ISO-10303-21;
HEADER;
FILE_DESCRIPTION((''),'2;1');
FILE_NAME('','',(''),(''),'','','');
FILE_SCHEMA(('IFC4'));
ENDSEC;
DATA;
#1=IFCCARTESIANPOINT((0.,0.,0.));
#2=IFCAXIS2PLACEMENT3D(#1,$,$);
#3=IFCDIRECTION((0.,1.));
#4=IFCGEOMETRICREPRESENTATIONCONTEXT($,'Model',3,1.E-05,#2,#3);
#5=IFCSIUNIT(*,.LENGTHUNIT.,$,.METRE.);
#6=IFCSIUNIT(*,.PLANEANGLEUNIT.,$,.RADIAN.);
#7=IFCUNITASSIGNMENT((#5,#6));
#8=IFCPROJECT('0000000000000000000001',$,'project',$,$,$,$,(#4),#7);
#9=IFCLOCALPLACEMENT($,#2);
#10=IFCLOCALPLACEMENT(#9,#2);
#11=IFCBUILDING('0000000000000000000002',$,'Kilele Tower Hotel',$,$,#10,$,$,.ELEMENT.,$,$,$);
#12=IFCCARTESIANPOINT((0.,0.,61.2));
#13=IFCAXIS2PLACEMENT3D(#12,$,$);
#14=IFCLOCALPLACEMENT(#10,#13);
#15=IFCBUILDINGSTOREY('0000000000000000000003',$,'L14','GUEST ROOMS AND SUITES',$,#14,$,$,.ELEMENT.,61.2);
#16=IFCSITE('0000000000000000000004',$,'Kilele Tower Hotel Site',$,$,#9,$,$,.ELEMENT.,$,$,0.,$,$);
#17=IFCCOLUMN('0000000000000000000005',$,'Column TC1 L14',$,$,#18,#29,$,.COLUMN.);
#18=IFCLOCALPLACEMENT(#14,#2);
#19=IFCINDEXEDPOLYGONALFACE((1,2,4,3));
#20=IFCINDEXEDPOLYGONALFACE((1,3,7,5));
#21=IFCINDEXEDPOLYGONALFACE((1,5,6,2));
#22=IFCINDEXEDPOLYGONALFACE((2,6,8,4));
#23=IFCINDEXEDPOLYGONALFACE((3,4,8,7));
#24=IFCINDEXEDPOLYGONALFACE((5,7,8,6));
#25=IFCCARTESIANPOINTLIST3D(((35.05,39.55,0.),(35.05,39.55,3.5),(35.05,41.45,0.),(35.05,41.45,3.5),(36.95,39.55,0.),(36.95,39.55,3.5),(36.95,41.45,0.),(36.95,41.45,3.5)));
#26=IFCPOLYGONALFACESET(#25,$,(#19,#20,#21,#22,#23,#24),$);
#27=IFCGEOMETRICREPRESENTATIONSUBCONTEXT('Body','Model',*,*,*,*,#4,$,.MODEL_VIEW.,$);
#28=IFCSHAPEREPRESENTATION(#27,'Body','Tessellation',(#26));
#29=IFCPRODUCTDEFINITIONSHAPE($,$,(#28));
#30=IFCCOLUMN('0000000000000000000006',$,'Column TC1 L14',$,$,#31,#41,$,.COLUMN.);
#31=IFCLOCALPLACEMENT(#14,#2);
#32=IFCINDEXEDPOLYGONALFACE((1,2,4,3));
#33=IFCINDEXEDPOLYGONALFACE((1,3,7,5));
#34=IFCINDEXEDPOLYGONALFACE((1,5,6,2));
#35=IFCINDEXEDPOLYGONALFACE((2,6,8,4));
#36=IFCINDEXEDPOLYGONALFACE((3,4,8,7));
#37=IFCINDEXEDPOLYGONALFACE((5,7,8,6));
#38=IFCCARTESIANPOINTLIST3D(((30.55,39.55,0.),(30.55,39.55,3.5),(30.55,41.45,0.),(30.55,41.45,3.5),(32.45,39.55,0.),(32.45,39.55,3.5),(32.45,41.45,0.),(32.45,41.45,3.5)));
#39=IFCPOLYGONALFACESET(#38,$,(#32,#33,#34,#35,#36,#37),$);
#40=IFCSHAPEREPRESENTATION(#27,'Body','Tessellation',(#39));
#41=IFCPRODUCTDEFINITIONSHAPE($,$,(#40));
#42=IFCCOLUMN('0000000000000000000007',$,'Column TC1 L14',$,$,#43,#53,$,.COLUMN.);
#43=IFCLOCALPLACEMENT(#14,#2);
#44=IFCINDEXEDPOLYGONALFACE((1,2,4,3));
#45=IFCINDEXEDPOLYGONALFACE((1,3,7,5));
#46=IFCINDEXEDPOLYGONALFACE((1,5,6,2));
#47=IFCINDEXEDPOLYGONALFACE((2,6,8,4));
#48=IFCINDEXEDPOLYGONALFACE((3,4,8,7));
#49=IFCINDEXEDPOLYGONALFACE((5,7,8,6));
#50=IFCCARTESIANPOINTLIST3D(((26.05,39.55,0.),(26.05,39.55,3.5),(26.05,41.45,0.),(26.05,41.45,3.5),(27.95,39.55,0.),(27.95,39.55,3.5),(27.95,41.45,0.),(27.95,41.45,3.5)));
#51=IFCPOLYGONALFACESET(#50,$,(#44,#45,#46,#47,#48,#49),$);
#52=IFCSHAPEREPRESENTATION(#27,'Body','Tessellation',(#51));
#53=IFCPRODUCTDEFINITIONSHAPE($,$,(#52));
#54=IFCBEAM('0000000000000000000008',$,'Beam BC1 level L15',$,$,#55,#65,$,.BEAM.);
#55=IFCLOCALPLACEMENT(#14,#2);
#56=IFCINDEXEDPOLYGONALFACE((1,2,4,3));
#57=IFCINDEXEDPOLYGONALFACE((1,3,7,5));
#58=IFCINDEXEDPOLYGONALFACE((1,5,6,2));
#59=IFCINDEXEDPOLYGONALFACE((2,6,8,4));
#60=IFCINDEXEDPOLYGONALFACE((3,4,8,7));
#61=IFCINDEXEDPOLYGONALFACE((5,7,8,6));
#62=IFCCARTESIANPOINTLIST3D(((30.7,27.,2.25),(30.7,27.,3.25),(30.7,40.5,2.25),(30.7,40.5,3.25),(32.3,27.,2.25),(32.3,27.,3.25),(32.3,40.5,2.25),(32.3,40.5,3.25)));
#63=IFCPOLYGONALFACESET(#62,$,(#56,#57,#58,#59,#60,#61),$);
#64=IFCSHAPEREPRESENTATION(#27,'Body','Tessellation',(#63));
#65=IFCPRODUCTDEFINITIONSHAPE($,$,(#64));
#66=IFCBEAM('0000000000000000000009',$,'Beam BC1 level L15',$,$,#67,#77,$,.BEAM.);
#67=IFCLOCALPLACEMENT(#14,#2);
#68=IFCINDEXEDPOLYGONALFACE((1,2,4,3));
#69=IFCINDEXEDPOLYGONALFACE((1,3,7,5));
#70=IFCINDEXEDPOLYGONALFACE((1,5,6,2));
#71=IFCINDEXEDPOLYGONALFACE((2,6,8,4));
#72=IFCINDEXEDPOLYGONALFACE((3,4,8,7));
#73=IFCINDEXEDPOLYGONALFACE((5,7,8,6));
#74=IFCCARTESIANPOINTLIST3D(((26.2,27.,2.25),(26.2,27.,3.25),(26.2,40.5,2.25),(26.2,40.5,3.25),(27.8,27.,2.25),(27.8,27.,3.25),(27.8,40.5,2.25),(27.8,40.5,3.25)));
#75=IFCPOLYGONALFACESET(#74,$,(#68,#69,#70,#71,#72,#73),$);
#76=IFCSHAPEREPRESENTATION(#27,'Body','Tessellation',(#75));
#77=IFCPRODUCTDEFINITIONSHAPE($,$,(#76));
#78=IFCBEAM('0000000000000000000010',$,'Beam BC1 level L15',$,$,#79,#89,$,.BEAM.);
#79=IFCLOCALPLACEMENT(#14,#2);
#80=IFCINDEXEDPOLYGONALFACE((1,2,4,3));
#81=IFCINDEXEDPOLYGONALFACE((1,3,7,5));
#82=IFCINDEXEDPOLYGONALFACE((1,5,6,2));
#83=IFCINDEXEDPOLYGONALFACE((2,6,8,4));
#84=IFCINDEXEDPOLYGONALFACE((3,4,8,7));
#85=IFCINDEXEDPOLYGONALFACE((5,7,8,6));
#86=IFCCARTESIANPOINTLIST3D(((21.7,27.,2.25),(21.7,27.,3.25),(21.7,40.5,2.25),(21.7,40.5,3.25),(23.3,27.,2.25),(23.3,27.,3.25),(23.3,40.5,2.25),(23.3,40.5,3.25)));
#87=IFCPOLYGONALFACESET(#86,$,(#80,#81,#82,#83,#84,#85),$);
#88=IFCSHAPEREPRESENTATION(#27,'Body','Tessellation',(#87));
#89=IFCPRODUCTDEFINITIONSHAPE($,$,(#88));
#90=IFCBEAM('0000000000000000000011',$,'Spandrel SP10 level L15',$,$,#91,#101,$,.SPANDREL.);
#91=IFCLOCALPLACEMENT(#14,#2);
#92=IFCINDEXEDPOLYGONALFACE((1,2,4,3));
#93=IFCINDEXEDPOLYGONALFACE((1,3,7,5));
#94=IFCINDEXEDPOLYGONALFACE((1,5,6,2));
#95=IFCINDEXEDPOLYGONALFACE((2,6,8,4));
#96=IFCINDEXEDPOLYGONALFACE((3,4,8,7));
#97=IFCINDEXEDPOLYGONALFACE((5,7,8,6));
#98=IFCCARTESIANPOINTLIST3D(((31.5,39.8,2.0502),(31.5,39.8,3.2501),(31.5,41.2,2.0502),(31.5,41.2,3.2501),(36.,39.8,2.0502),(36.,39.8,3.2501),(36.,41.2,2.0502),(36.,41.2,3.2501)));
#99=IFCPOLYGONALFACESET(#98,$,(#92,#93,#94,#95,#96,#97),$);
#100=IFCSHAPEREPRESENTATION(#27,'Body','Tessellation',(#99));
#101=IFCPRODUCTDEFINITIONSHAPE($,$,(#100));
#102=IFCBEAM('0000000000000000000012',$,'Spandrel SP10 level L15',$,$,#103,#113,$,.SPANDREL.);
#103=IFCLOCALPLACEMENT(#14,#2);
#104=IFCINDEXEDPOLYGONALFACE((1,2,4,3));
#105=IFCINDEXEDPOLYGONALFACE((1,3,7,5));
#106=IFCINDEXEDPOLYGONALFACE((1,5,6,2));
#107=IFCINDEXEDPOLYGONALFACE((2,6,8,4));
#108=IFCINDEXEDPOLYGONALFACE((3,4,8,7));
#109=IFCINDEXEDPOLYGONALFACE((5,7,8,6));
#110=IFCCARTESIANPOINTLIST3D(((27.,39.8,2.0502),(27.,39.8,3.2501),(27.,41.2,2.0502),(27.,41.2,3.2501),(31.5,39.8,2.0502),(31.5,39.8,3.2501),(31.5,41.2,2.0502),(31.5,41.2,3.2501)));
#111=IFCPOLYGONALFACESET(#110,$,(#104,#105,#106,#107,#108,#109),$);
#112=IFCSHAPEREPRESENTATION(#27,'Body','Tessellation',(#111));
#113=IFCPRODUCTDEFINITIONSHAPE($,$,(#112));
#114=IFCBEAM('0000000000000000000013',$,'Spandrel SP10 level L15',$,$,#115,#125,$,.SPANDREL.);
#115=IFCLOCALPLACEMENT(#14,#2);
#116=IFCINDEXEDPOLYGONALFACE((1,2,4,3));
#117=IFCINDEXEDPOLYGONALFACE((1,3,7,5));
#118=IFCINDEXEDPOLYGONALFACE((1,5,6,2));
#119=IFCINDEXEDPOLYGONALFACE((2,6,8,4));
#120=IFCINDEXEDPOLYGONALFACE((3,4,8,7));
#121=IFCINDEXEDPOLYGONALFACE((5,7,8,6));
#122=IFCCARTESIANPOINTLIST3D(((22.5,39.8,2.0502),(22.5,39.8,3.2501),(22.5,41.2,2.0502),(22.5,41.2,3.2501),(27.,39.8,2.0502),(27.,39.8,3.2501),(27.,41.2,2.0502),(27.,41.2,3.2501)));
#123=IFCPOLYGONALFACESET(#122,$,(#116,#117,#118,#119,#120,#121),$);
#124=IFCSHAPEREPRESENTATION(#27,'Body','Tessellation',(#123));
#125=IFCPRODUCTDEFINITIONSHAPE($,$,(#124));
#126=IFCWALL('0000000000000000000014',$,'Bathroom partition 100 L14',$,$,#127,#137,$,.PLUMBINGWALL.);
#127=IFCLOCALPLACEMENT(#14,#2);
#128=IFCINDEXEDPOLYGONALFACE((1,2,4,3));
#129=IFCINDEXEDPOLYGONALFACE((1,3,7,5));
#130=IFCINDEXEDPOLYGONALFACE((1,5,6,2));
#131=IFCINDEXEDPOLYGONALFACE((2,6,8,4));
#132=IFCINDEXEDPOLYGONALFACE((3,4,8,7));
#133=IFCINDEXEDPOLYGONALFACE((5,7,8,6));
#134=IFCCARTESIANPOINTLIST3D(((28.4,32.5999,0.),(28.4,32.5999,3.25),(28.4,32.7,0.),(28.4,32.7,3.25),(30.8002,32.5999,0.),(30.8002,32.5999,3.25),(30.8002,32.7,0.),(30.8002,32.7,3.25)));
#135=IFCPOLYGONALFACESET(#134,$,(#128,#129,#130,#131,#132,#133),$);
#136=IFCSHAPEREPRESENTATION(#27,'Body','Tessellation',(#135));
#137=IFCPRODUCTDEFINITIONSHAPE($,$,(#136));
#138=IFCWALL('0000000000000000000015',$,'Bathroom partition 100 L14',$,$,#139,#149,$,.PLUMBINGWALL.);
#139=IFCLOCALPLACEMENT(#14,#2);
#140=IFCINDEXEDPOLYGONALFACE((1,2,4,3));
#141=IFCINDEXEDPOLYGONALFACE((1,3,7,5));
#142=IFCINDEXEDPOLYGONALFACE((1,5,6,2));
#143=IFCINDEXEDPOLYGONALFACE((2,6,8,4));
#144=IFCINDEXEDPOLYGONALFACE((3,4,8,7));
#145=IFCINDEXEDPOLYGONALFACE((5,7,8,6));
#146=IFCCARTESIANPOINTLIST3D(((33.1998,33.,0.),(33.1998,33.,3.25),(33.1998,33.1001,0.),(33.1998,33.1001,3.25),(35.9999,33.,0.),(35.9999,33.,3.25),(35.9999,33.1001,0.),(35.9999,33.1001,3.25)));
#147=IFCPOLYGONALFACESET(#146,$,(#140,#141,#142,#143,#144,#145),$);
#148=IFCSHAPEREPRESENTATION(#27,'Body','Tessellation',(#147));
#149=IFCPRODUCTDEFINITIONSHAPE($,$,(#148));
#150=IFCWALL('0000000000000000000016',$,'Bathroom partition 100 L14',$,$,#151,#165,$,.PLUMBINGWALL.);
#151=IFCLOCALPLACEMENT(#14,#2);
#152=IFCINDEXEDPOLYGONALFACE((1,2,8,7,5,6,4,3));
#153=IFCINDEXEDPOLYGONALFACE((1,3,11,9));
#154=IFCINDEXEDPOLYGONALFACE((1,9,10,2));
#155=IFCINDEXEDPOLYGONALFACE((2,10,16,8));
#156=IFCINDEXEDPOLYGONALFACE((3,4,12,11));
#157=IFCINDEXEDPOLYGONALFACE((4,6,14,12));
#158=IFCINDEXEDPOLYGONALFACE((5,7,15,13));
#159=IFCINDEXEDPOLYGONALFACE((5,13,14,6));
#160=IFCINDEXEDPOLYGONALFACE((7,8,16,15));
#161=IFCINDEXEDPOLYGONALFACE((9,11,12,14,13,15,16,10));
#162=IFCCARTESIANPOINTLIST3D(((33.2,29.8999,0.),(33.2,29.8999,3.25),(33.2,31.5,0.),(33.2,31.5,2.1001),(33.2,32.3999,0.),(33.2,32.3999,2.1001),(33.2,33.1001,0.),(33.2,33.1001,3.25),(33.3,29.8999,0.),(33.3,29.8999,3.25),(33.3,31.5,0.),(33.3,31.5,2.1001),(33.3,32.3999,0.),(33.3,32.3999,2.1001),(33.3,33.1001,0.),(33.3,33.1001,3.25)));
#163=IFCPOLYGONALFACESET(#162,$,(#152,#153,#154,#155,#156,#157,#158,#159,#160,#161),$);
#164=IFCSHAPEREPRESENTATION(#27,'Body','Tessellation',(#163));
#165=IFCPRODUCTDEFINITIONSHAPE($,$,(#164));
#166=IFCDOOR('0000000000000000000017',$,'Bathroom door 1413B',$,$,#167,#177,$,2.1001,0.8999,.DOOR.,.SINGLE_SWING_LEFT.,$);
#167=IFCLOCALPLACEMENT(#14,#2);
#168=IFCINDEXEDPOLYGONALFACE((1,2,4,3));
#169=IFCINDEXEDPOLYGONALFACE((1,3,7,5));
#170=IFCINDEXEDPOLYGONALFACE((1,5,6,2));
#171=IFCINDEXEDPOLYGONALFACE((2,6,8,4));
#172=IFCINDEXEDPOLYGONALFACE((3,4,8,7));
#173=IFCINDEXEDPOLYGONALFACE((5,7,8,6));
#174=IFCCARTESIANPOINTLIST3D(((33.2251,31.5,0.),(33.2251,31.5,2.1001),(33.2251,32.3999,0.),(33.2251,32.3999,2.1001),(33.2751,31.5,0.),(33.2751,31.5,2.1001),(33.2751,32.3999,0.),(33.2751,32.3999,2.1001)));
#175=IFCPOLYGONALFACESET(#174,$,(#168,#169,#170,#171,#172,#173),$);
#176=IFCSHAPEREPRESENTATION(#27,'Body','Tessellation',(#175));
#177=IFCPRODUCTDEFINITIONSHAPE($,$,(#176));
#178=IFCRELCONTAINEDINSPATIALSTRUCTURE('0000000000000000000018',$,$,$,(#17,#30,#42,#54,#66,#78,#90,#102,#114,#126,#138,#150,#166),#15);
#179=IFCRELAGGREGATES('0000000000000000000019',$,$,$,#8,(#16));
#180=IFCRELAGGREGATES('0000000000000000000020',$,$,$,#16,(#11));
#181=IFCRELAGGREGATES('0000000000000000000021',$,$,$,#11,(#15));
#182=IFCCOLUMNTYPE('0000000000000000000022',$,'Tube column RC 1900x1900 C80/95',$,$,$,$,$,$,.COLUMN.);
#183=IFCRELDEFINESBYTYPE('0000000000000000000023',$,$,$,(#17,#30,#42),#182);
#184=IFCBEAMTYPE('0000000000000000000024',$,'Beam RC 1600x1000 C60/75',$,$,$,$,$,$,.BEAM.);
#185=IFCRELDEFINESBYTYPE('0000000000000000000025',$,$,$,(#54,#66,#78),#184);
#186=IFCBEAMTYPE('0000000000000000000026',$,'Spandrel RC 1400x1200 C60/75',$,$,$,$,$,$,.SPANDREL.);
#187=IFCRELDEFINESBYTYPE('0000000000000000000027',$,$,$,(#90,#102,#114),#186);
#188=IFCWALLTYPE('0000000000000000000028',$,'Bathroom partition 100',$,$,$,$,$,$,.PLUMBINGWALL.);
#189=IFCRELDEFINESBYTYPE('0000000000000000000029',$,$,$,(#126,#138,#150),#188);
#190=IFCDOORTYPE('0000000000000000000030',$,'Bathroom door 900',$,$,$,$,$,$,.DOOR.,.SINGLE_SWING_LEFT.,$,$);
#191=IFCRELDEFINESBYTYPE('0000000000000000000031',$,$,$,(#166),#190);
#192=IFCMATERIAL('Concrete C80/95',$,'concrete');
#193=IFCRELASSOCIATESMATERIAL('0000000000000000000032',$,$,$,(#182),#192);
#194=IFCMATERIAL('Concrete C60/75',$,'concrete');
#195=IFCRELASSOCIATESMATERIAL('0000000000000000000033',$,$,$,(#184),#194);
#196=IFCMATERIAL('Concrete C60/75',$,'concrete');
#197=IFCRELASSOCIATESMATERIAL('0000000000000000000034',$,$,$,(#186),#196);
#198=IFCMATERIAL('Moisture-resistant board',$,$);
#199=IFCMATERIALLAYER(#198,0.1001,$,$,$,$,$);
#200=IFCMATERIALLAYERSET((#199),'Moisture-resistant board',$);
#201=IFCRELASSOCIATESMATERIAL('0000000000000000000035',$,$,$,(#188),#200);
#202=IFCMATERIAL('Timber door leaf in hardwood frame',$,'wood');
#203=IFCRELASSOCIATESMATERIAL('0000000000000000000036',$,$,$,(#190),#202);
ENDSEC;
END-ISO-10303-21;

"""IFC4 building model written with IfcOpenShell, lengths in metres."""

from ifc_helpers import new_model, si_unit, direction, frame, frame_2d, origin, origin_2d, place, context, subcontext, project, spatial, rectangle, extrude, material, layer, layer_set, material_profile, profile_set, type_object, element, fill, save


model = new_model("IFC4")

# Units and contexts
model_context = context("Model", 3, precision=1e-05, world=origin(), true_north=direction((0.0, 1.0)))
body_context = subcontext(model_context, "Body", "Model", "MODEL_VIEW")
ifc_project = project(units=[si_unit("LENGTHUNIT", "METRE"), si_unit("PLANEANGLEUNIT", "RADIAN")], contexts=[model_context])

# Site, building, storey
site_placement = place(None, origin())
site = spatial("IfcSite", under=ifc_project, at=site_placement, Name="Kilele Tower Hotel Site", CompositionType="ELEMENT", RefElevation=0.0)
building_placement = place(site_placement, origin())
building = spatial("IfcBuilding", under=site, at=building_placement, Name="Kilele Tower Hotel", CompositionType="ELEMENT")
storey_placement = place(building_placement, frame((0.0, 0.0, 61.2)))
storey = spatial("IfcBuildingStorey", under=building, at=storey_placement, Name="L14", Description="GUEST ROOMS AND SUITES", CompositionType="ELEMENT", Elevation=61.2)

# Columns
ifc_material_1 = material(Name="Concrete C80/95", Category="concrete")
ifc_material_profile_1 = material_profile(ifc_material_1, rectangle(XDim=1.8999, YDim=1.8999, at=origin_2d()))
ifc_profile_set_1 = profile_set([ifc_material_profile_1], Name="Concrete C80/95")
column_type = type_object("IfcColumnType", Name="Tube column RC 1900x1900 C80/95", PredefinedType="COLUMN", material=ifc_profile_set_1)
for number, where, z_axis, x_axis, name in (
    (1, (36.0, 40.5, 0.0), (0.0, 0.0, 1.0), (1.0, 0.0, 0.0), "Column TC1 L14"),
    (2, (31.5, 40.5, 0.0), (0.0, 0.0, 1.0), (1.0, 0.0, 0.0), "Column TC1 L14"),
    (3, (27.0, 40.5, 0.0), (0.0, 0.0, 1.0), (1.0, 0.0, 0.0), "Column TC1 L14"),
):
    element("IfcColumn", number, at=place(storey_placement, frame(where, z_axis=z_axis, x_axis=x_axis)), inside=storey, type_object=column_type, Name=name, PredefinedType="COLUMN", context=body_context, shape_type="SweptSolid", body=[
        extrude(rectangle(XDim=1.8999, YDim=1.8999, at=origin_2d()), origin(), (0.0, 0.0, 1.0), 3.5),
    ])

# Beams
ifc_material_2 = material(Name="Concrete C60/75", Category="concrete")
ifc_material_profile_2 = material_profile(ifc_material_2, rectangle(XDim=1.6001, YDim=1.0, at=origin_2d()))
ifc_profile_set_2 = profile_set([ifc_material_profile_2], Name="Concrete C60/75")
beam_type_1 = type_object("IfcBeamType", Name="Beam RC 1600x1000 C60/75", PredefinedType="BEAM", material=ifc_profile_set_2)
for number, where, z_axis, x_axis, name in (
    (4, (31.5, 40.5, 2.75), (0.0, -1.0, 0.0), (1.0, 0.0, 0.0), "Beam BC1 level L15"),
    (5, (27.0, 40.5, 2.75), (0.0, -1.0, 0.0), (1.0, 0.0, 0.0), "Beam BC1 level L15"),
    (6, (22.5, 40.5, 2.75), (0.0, -1.0, 0.0), (1.0, 0.0, 0.0), "Beam BC1 level L15"),
):
    element("IfcBeam", number, at=place(storey_placement, frame(where, z_axis=z_axis, x_axis=x_axis)), inside=storey, type_object=beam_type_1, Name=name, PredefinedType="BEAM", context=body_context, shape_type="SweptSolid", body=[
        extrude(rectangle(XDim=1.6001, YDim=1.0, at=origin_2d()), origin(), (0.0, 0.0, 1.0), 13.5),
    ])
ifc_material_3 = material(Name="Concrete C60/75", Category="concrete")
ifc_material_profile_3 = material_profile(ifc_material_3, rectangle(XDim=1.3999, YDim=1.2, at=origin_2d()))
ifc_profile_set_3 = profile_set([ifc_material_profile_3], Name="Concrete C60/75")
beam_type_2 = type_object("IfcBeamType", Name="Spandrel RC 1400x1200 C60/75", PredefinedType="SPANDREL", material=ifc_profile_set_3)
for number, where, z_axis, x_axis, name in (
    (7, (36.0, 40.5, 2.6501), (-1.0, 0.0, 0.0), (0.0, -1.0, 0.0), "Spandrel SP10 level L15"),
    (8, (31.5, 40.5, 2.6501), (-1.0, 0.0, 0.0), (0.0, -1.0, 0.0), "Spandrel SP10 level L15"),
    (9, (27.0, 40.5, 2.6501), (-1.0, 0.0, 0.0), (0.0, -1.0, 0.0), "Spandrel SP10 level L15"),
):
    element("IfcBeam", number, at=place(storey_placement, frame(where, z_axis=z_axis, x_axis=x_axis)), inside=storey, type_object=beam_type_2, Name=name, PredefinedType="SPANDREL", context=body_context, shape_type="SweptSolid", body=[
        extrude(rectangle(XDim=1.3999, YDim=1.2, at=origin_2d()), origin(), (0.0, 0.0, 1.0), 4.5),
    ])

# Walls
ifc_material_4 = material(Name="Moisture-resistant board")
ifc_layer_1 = layer(ifc_material_4, 0.1001)
ifc_layer_set_1 = layer_set([ifc_layer_1], Name="Moisture-resistant board")
wall_type_1 = type_object("IfcWallType", Name="Bathroom partition 100", PredefinedType="PLUMBINGWALL", material=ifc_layer_set_1)
wall_1_placement = place(storey_placement, frame((28.3999, 32.6499, 0.0), z_axis=(0.0, 0.0, 1.0), x_axis=(1.0, 0.0, 0.0)))
element("IfcWall", 10, at=wall_1_placement, inside=storey, type_object=wall_type_1, Name="Bathroom partition 100 L14", PredefinedType="PLUMBINGWALL", context=body_context, shape_type="SweptSolid", body=[
    extrude(rectangle(XDim=2.4001, YDim=0.1001, at=frame_2d((1.2002, 0.0))), origin(), (0.0, 0.0, 1.0), 3.25),
])
wall_2_placement = place(storey_placement, frame((33.2, 33.05, 0.0), z_axis=(0.0, 0.0, 1.0), x_axis=(1.0, 0.0, 0.0)))
element("IfcWall", 11, at=wall_2_placement, inside=storey, type_object=wall_type_1, Name="Bathroom partition 100 L14", PredefinedType="PLUMBINGWALL", context=body_context, shape_type="SweptSolid", body=[
    extrude(rectangle(XDim=2.8, YDim=0.1001, at=frame_2d((1.3999, 0.0))), origin(), (0.0, 0.0, 1.0), 3.25),
])

# Wall, opening, door
wall_3_placement = place(storey_placement, frame((33.25, 29.8999, 0.0), z_axis=(0.0, 0.0, 1.0), x_axis=(0.0, 1.0, 0.0)))
wall_3 = element("IfcWall", 12, at=wall_3_placement, inside=storey, type_object=wall_type_1, Name="Bathroom partition 100 L14", PredefinedType="PLUMBINGWALL", context=body_context, shape_type="SweptSolid", body=[
    extrude(rectangle(XDim=3.2002, YDim=0.1001, at=frame_2d((1.6001, 0.0))), origin(), (0.0, 0.0, 1.0), 3.25),
])
opening_1_placement = place(wall_3_placement, frame((1.6001, 0.0, 0.0)))
opening_1 = element("IfcOpeningElement", 13, at=opening_1_placement, cuts=wall_3, PredefinedType="OPENING", context=body_context, shape_type="SweptSolid", body=[
    extrude(rectangle(XDim=0.8999, YDim=2.1001, at=frame_2d((0.45, 1.05))), frame((0.0, 0.0601, 0.0), z_axis=(0.0, -1.0, 0.0), x_axis=(1.0, 0.0, 0.0)), (0.0, 0.0, 1.0), 0.1201),
])
ifc_material_5 = material(Name="Timber door leaf in hardwood frame", Category="wood")
door_type_1 = type_object("IfcDoorType", Name="Bathroom door 900", OperationType="SINGLE_SWING_LEFT", PredefinedType="DOOR", material=ifc_material_5)
door_1_placement = place(opening_1_placement, origin())
door_1 = element("IfcDoor", 14, at=door_1_placement, inside=storey, type_object=door_type_1, Name="Bathroom door 1413B", OperationType="SINGLE_SWING_LEFT", OverallHeight=2.1001, OverallWidth=0.8999, PredefinedType="DOOR", context=body_context, shape_type="SweptSolid", body=[
    extrude(rectangle(XDim=0.8999, YDim=2.1001, at=frame_2d((0.45, 1.05))), frame((0.0, 0.0249, 0.0), z_axis=(0.0, -1.0, 0.0), x_axis=(1.0, 0.0, 0.0)), (0.0, 0.0, 1.0), 0.05),
])
fill(opening_1, door_1)

save(model, "model.ifc")
